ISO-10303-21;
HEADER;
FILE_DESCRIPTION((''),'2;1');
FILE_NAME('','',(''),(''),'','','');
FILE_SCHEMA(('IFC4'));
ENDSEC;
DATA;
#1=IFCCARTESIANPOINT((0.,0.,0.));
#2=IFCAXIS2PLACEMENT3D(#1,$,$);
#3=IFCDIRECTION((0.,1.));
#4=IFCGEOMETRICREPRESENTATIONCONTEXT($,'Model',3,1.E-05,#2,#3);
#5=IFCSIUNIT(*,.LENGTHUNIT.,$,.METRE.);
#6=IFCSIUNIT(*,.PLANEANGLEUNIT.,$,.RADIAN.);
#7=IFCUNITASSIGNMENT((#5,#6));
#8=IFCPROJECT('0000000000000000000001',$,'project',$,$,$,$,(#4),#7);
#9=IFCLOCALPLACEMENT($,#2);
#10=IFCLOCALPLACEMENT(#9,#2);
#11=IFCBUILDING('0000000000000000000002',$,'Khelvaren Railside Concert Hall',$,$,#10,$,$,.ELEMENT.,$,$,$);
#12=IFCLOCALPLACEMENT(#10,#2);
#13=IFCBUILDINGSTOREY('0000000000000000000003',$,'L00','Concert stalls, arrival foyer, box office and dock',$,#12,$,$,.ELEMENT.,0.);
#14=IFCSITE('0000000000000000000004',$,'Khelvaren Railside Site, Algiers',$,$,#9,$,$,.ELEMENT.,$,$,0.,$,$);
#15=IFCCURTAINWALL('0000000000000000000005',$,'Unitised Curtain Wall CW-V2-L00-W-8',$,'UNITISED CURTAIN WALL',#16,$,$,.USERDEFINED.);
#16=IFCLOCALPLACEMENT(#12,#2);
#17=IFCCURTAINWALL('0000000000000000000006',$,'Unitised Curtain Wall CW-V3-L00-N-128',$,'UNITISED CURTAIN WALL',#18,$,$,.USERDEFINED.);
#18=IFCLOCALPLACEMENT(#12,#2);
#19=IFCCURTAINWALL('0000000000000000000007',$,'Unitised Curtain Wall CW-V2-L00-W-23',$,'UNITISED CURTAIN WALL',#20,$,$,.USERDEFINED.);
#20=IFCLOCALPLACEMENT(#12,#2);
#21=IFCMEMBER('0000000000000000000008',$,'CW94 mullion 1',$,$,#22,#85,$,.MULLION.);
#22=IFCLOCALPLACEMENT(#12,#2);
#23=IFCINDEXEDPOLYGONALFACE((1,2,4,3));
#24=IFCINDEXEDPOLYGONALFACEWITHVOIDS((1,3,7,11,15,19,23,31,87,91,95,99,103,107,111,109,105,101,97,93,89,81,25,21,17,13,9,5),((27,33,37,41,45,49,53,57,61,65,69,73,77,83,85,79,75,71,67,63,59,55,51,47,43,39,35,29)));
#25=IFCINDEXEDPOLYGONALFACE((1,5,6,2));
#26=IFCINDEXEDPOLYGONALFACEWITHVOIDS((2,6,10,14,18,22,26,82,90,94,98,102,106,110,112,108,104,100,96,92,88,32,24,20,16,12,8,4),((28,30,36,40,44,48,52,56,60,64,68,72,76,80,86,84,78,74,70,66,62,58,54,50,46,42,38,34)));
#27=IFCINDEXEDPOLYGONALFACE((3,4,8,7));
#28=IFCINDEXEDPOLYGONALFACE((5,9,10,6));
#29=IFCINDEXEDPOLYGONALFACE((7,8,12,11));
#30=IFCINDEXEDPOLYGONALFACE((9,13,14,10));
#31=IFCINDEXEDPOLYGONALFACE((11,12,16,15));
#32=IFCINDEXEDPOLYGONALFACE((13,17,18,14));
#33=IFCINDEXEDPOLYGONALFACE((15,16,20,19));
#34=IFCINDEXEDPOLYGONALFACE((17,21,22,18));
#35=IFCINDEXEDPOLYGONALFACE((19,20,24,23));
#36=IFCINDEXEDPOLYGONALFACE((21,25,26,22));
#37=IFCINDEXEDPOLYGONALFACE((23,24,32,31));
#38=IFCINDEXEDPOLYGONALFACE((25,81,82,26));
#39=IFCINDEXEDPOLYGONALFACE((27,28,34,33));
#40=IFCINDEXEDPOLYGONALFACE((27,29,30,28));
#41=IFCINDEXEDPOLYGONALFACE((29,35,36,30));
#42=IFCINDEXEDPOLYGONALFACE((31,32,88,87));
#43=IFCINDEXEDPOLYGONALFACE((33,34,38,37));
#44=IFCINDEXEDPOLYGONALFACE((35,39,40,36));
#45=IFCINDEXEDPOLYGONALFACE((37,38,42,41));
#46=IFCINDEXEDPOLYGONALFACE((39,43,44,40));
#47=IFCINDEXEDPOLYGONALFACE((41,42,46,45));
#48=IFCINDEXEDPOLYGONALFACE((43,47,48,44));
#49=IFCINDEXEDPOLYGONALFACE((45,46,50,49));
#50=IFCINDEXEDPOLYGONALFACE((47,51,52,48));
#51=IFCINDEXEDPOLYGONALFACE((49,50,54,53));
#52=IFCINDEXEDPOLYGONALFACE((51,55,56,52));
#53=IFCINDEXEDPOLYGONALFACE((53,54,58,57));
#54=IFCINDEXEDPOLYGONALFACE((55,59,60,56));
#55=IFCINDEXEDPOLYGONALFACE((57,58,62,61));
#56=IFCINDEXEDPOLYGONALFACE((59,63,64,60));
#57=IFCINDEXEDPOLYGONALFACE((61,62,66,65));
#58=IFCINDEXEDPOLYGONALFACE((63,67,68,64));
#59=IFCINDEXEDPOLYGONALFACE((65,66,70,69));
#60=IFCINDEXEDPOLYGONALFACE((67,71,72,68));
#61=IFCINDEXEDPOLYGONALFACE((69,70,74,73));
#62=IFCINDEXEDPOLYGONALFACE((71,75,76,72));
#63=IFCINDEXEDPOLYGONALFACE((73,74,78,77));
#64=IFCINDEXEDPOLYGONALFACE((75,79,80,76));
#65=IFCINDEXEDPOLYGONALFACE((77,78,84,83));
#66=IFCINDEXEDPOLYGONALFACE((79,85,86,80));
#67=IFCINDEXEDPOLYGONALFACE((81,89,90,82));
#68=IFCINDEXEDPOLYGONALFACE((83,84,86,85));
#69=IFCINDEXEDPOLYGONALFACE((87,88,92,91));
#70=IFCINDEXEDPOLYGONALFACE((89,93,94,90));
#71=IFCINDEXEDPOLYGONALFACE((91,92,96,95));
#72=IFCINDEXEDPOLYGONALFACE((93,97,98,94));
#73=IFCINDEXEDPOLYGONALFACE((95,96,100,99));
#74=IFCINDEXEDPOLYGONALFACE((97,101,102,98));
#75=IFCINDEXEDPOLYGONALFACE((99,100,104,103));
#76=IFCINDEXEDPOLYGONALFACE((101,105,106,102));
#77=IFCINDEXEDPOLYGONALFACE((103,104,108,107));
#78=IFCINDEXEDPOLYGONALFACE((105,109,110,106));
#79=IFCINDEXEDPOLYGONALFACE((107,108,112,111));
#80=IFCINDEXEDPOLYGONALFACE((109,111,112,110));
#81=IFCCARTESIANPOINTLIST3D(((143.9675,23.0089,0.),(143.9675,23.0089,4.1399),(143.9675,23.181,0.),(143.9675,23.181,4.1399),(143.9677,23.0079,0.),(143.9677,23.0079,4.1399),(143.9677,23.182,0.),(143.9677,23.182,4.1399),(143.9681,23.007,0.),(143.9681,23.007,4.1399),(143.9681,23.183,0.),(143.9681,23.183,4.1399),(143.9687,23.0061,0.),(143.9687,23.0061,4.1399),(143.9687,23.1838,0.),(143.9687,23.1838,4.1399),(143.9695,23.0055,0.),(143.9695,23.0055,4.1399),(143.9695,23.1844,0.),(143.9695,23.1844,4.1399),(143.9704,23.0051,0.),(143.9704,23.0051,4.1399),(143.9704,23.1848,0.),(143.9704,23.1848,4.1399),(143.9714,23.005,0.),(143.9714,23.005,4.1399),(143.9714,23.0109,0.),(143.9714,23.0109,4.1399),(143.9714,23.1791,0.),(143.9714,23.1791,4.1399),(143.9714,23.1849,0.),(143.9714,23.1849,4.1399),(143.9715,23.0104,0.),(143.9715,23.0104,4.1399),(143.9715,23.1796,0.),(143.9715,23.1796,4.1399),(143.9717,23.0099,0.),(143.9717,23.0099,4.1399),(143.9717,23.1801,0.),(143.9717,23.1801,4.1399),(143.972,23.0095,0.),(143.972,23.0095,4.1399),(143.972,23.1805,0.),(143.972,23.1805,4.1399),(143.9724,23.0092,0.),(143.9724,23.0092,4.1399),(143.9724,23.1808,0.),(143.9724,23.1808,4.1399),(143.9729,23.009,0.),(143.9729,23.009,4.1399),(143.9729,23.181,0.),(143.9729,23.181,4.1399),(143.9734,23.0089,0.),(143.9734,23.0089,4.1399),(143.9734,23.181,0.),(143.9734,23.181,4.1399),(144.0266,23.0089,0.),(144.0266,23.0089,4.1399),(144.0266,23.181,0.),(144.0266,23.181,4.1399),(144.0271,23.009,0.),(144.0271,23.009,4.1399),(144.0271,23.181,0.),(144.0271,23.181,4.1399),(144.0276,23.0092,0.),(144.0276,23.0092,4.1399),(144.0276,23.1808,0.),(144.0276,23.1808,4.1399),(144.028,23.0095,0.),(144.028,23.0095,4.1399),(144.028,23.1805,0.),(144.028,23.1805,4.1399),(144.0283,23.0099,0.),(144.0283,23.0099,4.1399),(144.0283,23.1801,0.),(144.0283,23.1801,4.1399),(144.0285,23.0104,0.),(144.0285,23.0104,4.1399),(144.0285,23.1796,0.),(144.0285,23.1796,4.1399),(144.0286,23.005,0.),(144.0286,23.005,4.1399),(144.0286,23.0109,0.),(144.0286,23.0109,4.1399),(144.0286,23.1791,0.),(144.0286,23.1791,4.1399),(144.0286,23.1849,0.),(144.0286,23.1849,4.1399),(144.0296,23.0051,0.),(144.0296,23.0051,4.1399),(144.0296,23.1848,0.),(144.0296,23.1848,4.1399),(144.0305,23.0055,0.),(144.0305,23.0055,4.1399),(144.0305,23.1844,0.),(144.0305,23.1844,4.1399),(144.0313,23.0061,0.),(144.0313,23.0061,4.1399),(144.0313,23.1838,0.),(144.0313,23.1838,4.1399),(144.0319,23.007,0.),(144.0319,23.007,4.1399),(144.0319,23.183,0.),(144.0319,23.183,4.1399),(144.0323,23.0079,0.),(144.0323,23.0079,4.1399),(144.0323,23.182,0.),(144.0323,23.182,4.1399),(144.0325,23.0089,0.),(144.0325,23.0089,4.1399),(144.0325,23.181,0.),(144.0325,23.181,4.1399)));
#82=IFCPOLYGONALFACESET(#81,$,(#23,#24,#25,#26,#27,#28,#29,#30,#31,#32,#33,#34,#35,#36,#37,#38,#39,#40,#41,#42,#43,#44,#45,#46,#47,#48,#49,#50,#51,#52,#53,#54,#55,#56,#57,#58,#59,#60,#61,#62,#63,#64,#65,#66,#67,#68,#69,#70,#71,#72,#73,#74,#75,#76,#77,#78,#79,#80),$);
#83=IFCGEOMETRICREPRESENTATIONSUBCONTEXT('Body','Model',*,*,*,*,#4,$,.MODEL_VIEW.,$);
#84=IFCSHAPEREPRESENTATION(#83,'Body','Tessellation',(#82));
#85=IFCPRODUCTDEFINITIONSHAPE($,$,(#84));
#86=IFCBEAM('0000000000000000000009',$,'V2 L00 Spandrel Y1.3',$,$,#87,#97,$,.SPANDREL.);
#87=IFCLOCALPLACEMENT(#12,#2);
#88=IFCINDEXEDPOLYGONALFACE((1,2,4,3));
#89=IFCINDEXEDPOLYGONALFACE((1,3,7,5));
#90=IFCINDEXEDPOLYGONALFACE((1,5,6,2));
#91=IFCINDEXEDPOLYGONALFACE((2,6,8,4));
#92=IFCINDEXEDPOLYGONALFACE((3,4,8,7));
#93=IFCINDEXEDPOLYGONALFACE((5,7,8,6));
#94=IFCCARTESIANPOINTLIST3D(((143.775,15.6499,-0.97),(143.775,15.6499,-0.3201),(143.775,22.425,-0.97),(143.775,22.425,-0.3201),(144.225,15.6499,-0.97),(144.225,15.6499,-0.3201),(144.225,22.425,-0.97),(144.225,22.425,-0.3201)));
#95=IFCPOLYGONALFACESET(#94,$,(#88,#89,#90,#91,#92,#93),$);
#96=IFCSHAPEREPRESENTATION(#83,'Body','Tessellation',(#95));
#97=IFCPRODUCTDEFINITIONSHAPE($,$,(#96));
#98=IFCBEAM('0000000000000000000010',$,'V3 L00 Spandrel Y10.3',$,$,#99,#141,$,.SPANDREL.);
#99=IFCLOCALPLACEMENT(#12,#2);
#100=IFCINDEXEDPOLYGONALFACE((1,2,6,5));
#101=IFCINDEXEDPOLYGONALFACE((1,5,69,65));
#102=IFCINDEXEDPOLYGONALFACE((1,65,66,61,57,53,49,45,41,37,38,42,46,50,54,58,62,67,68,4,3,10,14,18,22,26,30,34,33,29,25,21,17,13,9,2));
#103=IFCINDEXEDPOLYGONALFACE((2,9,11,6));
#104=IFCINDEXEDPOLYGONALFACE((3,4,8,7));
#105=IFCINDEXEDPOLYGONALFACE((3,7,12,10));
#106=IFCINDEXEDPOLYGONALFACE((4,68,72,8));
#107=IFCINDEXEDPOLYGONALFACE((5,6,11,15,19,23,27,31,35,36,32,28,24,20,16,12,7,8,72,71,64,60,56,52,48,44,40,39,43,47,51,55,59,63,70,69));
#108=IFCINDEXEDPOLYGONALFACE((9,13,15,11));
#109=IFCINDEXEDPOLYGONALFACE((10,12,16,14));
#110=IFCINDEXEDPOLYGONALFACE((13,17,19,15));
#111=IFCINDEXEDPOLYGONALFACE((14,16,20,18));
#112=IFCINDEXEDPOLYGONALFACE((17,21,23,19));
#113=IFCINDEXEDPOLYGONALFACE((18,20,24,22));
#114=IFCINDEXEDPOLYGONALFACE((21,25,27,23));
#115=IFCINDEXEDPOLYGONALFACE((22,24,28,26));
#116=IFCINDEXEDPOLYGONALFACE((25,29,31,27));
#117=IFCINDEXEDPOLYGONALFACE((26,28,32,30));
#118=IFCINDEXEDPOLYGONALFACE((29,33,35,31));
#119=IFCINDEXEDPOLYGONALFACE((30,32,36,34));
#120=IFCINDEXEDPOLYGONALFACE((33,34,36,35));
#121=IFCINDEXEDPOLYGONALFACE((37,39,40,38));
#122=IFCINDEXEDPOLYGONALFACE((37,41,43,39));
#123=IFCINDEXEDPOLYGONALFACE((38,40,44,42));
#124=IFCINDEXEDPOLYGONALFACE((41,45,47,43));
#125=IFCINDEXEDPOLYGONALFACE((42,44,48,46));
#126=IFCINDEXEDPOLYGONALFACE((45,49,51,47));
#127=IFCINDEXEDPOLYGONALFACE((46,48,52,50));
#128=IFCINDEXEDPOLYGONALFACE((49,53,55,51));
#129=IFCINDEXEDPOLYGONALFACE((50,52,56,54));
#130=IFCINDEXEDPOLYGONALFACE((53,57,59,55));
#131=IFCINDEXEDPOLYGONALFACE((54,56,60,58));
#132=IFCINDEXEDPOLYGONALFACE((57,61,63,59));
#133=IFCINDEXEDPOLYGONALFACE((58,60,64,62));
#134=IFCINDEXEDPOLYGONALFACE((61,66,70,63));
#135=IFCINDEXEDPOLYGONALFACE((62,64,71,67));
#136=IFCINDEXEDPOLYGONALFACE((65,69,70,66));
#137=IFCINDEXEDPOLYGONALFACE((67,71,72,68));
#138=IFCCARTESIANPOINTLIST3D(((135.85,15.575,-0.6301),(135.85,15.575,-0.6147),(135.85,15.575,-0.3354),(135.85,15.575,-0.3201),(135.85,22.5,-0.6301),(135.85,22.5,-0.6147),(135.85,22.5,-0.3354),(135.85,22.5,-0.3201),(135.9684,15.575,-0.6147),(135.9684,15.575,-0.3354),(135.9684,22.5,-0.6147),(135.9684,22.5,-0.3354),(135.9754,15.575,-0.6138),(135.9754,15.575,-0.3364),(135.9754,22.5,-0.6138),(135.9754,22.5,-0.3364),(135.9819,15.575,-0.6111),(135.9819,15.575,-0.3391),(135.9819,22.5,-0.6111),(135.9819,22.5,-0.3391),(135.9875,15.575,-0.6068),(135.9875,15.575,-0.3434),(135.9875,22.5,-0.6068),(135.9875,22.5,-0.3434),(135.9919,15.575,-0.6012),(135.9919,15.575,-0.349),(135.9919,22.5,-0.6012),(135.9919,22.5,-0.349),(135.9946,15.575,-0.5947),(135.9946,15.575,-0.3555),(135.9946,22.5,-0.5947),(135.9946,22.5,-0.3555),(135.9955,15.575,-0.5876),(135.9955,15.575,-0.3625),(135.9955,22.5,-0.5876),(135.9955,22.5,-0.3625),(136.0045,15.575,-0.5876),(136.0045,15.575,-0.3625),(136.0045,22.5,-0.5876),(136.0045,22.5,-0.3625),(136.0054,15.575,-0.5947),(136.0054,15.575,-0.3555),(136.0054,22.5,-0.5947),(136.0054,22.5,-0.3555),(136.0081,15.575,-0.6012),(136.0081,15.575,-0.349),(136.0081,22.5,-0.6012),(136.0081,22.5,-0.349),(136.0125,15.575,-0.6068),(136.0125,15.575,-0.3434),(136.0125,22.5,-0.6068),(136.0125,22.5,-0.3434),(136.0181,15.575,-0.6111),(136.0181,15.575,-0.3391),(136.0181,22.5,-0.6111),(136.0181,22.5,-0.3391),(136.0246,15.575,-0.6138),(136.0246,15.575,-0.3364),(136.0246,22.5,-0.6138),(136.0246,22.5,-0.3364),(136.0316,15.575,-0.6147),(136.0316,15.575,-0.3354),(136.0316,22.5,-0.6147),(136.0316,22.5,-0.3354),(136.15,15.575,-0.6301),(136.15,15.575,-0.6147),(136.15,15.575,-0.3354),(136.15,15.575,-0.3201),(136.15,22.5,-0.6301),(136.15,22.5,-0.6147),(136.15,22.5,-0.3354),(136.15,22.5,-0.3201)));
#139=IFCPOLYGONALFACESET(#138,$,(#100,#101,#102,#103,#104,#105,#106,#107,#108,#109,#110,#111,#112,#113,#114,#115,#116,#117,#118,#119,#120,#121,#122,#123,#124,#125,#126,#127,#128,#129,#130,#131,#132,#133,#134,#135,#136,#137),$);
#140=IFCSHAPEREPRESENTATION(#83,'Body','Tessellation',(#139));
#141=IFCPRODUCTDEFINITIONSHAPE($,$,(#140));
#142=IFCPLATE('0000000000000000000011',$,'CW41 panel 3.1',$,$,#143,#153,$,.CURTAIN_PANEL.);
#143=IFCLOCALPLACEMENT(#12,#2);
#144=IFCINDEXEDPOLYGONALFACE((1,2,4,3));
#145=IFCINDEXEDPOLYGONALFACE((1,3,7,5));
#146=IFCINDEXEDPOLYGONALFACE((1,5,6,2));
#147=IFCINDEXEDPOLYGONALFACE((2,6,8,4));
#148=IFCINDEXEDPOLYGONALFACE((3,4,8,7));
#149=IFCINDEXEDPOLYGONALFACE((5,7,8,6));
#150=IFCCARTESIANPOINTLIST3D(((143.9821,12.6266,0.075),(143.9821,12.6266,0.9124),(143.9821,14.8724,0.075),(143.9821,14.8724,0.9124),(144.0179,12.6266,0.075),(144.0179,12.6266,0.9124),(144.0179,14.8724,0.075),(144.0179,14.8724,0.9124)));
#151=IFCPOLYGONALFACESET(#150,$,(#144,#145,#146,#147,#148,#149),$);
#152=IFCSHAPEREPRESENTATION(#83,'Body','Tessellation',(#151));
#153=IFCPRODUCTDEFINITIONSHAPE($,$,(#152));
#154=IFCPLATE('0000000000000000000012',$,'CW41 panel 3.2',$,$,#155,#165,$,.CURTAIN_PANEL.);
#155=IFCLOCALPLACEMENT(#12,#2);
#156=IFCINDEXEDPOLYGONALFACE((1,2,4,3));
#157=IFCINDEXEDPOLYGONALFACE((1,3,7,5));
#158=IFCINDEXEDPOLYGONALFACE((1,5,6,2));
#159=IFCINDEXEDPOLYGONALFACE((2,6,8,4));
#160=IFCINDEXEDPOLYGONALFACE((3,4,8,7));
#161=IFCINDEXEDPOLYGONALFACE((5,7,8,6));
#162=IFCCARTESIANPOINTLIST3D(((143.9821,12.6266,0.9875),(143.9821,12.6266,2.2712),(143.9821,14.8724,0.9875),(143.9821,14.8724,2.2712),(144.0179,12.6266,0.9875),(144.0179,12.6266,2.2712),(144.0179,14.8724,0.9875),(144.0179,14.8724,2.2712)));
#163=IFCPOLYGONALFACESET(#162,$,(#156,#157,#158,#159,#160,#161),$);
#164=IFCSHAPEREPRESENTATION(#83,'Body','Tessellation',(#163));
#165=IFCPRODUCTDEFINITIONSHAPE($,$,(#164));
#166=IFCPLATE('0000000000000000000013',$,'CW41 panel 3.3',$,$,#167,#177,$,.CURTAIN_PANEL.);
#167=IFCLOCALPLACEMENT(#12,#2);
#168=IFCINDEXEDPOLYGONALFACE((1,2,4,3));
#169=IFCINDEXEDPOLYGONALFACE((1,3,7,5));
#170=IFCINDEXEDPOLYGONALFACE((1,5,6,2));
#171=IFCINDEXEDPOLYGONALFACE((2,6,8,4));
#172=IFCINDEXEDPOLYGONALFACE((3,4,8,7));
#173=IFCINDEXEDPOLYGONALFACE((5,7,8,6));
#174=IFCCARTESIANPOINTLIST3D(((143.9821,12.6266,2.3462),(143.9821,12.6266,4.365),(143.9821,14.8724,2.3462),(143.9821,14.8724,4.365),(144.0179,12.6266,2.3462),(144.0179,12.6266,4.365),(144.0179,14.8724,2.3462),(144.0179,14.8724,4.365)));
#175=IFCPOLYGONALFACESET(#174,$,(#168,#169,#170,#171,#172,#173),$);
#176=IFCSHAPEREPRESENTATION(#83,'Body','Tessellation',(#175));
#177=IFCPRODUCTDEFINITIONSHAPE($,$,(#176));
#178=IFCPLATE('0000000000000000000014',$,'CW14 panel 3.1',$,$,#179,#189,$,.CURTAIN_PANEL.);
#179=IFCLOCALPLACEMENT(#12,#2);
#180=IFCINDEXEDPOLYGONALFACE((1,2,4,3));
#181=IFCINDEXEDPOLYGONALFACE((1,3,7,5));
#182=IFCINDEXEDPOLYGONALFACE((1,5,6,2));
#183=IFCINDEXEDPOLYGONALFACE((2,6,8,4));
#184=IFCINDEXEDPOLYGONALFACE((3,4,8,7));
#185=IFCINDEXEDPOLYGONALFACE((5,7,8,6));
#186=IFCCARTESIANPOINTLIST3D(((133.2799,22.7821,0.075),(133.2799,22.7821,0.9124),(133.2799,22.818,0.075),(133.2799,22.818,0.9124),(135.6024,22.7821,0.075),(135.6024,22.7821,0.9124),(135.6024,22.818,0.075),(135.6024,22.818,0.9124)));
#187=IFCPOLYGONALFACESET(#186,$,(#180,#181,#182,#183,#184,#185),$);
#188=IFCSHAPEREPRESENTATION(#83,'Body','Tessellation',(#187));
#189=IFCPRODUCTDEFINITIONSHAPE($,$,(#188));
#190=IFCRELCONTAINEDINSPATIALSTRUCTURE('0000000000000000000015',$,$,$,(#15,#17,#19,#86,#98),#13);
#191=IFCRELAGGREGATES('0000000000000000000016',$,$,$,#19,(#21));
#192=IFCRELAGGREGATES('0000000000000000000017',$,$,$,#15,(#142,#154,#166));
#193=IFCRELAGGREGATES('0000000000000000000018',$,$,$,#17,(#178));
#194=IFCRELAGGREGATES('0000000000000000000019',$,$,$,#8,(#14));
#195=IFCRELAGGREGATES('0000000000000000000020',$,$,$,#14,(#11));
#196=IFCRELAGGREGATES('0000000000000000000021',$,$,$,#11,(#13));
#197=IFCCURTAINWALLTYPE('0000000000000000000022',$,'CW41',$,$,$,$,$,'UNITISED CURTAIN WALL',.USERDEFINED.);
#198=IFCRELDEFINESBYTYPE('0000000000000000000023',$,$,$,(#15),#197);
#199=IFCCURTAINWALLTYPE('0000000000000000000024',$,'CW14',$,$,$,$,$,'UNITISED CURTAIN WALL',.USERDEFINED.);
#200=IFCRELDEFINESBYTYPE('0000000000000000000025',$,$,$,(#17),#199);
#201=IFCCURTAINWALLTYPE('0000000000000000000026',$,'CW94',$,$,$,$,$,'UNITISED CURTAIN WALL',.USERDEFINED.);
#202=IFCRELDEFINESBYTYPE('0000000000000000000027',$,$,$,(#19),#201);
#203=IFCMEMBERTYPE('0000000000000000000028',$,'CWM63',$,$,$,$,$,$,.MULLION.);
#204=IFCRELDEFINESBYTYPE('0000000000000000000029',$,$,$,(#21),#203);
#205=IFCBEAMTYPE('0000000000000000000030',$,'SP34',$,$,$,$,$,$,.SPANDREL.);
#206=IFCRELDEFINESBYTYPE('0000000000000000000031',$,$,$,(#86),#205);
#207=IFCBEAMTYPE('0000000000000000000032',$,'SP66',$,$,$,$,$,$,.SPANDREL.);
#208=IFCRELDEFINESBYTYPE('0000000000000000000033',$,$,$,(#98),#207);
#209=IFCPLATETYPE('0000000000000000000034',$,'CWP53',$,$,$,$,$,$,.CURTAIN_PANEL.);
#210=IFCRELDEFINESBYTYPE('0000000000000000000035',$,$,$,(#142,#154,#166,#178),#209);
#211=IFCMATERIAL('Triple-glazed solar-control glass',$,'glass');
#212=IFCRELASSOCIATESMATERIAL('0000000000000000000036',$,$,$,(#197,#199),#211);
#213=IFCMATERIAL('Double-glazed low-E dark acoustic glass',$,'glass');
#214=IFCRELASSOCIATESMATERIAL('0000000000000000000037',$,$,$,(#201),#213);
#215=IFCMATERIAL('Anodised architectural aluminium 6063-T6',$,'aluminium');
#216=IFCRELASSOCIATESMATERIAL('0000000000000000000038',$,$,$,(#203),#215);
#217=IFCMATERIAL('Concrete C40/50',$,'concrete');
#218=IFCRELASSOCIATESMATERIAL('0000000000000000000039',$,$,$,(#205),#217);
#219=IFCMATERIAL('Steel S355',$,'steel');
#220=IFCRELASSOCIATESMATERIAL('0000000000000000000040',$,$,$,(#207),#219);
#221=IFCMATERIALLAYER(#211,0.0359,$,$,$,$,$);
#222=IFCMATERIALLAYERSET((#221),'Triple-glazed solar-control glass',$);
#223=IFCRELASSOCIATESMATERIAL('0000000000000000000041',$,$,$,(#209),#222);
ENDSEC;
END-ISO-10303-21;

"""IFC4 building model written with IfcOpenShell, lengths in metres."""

from ifc_helpers import new_model, si_unit, direction, frame, origin, origin_2d, place, context, subcontext, project, spatial, rectangle, hollow_rectangle, i_section, extrude, material, layer, layer_set, material_profile, profile_set, type_object, element, aggregate, save


model = new_model("IFC4")

# Units and contexts
model_context = context("Model", 3, precision=1e-05, world=origin(), true_north=direction((0.0, 1.0)))
body_context = subcontext(model_context, "Body", "Model", "MODEL_VIEW")
ifc_project = project(units=[si_unit("LENGTHUNIT", "METRE"), si_unit("PLANEANGLEUNIT", "RADIAN")], contexts=[model_context])

# Site, building, storey
site_placement = place(None, origin())
site = spatial("IfcSite", under=ifc_project, at=site_placement, Name="Khelvaren Railside Site, Algiers", CompositionType="ELEMENT", RefElevation=0.0)
building_placement = place(site_placement, origin())
building = spatial("IfcBuilding", under=site, at=building_placement, Name="Khelvaren Railside Concert Hall", CompositionType="ELEMENT")
storey_placement = place(building_placement, origin())
storey = spatial("IfcBuildingStorey", under=building, at=storey_placement, Name="L00", Description="Concert stalls, arrival foyer, box office and dock", CompositionType="ELEMENT", Elevation=0.0)

# Shared definitions
ifc_material_1 = material(Name="Steel S355", Category="steel")

# Curtain walls, member
ifc_material_2 = material(Name="Triple-glazed solar-control glass", Category="glass")
curtain_wall_type_1 = type_object("IfcCurtainWallType", Name="CW41", ElementType="UNITISED CURTAIN WALL", PredefinedType="USERDEFINED", material=ifc_material_2)
curtain_wall_1_placement = place(storey_placement, origin())
curtain_wall_1 = element("IfcCurtainWall", 1, at=curtain_wall_1_placement, inside=storey, type_object=curtain_wall_type_1, Name="Unitised Curtain Wall CW-V2-L00-W-8", ObjectType="UNITISED CURTAIN WALL", PredefinedType="USERDEFINED")
ifc_material_3 = material(Name="Anodised architectural aluminium 6063-T6", Category="aluminium")
curtain_wall_type_2 = type_object("IfcCurtainWallType", Name="CW14", ElementType="UNITISED CURTAIN WALL", PredefinedType="USERDEFINED", material=ifc_material_2)
curtain_wall_2_placement = place(storey_placement, origin())
curtain_wall_2 = element("IfcCurtainWall", 2, at=curtain_wall_2_placement, inside=storey, type_object=curtain_wall_type_2, Name="Unitised Curtain Wall CW-V3-L00-N-128", ObjectType="UNITISED CURTAIN WALL", PredefinedType="USERDEFINED")
ifc_material_4 = material(Name="Double-glazed low-E dark acoustic glass", Category="glass")
curtain_wall_type_3 = type_object("IfcCurtainWallType", Name="CW94", ElementType="UNITISED CURTAIN WALL", PredefinedType="USERDEFINED", material=ifc_material_4)
curtain_wall_3_placement = place(storey_placement, origin())
curtain_wall_3 = element("IfcCurtainWall", 3, at=curtain_wall_3_placement, inside=storey, type_object=curtain_wall_type_3, Name="Unitised Curtain Wall CW-V2-L00-W-23", ObjectType="UNITISED CURTAIN WALL", PredefinedType="USERDEFINED")
ifc_material_profile_1 = material_profile(ifc_material_3, hollow_rectangle(XDim=0.0649, YDim=0.1799, WallThickness=0.0039, InnerFilletRadius=0.002, OuterFilletRadius=0.0039, at=origin_2d()), Name="CWM 65x180x4")
ifc_profile_set_1 = profile_set([ifc_material_profile_1], Name="Anodised architectural aluminium 6063-T6")
member_type_1 = type_object("IfcMemberType", Name="CWM63", PredefinedType="MULLION", material=ifc_profile_set_1)
member_1_placement = place(storey_placement, frame((144.0, 23.095, 0.0), z_axis=(0.0, 0.0, 1.0), x_axis=(-1.0, 0.0, 0.0)))
member_1 = element("IfcMember", 4, at=member_1_placement, type_object=member_type_1, Name="CW94 mullion 1", PredefinedType="MULLION", context=body_context, shape_type="SweptSolid", body=[
    extrude(hollow_rectangle(XDim=0.0649, YDim=0.1799, WallThickness=0.0039, InnerFilletRadius=0.002, OuterFilletRadius=0.0039, at=origin_2d()), origin(), (0.0, 0.0, 1.0), 4.1399),
])
aggregate(curtain_wall_3, [member_1])

# Beams
ifc_material_5 = material(Name="Concrete C40/50", Category="concrete")
ifc_material_profile_2 = material_profile(ifc_material_5, rectangle(XDim=0.45, YDim=0.6499, at=origin_2d()), Name="RCB 450x650")
ifc_profile_set_2 = profile_set([ifc_material_profile_2], Name="Concrete C40/50")
beam_type_1 = type_object("IfcBeamType", Name="SP34", PredefinedType="SPANDREL", material=ifc_profile_set_2)
beam_1_placement = place(storey_placement, frame((144.0, 15.6499, -0.645), z_axis=(0.0, 1.0, 0.0), x_axis=(-1.0, 0.0, 0.0)))
element("IfcBeam", 5, at=beam_1_placement, inside=storey, type_object=beam_type_1, Name="V2 L00 Spandrel Y1.3", PredefinedType="SPANDREL", context=body_context, shape_type="SweptSolid", body=[
    extrude(rectangle(XDim=0.45, YDim=0.6499, at=origin_2d()), origin(), (0.0, 0.0, 1.0), 6.7751),
])
ifc_material_profile_3 = material_profile(ifc_material_1, i_section(OverallWidth=0.3, OverallDepth=0.3101, WebThickness=0.009, FlangeThickness=0.0154, FilletRadius=0.0271, at=origin_2d()), Name="HEA 320")
ifc_profile_set_3 = profile_set([ifc_material_profile_3], Name="Steel S355")
beam_type_2 = type_object("IfcBeamType", Name="SP66", PredefinedType="SPANDREL", material=ifc_profile_set_3)
beam_2_placement = place(storey_placement, frame((136.0, 15.575, -0.4751), z_axis=(0.0, 1.0, 0.0), x_axis=(-1.0, 0.0, 0.0)))
element("IfcBeam", 6, at=beam_2_placement, inside=storey, type_object=beam_type_2, Name="V3 L00 Spandrel Y10.3", PredefinedType="SPANDREL", context=body_context, shape_type="SweptSolid", body=[
    extrude(i_section(OverallWidth=0.3, OverallDepth=0.3101, WebThickness=0.009, FlangeThickness=0.0154, FilletRadius=0.0271, at=origin_2d()), origin(), (0.0, 0.0, 1.0), 6.925),
])

# Plates
ifc_layer_1 = layer(ifc_material_2, 0.0359)
ifc_layer_set_1 = layer_set([ifc_layer_1], Name="Triple-glazed solar-control glass")
plate_type = type_object("IfcPlateType", Name="CWP53", PredefinedType="CURTAIN_PANEL", material=ifc_layer_set_1)
plate_1_placement = place(storey_placement, frame((144.0, 13.7495, 0.075), z_axis=(0.0, 0.0, 1.0), x_axis=(0.0, 1.0, 0.0)))
plate_1 = element("IfcPlate", 7, at=plate_1_placement, type_object=plate_type, Name="CW41 panel 3.1", PredefinedType="CURTAIN_PANEL", context=body_context, shape_type="SweptSolid", body=[
    extrude(rectangle(XDim=2.2458, YDim=0.0359, at=origin_2d()), origin(), (0.0, 0.0, 1.0), 0.8374),
])
plate_2_placement = place(storey_placement, frame((144.0, 13.7495, 0.9875), z_axis=(0.0, 0.0, 1.0), x_axis=(0.0, 1.0, 0.0)))
plate_2 = element("IfcPlate", 8, at=plate_2_placement, type_object=plate_type, Name="CW41 panel 3.2", PredefinedType="CURTAIN_PANEL", context=body_context, shape_type="SweptSolid", body=[
    extrude(rectangle(XDim=2.2458, YDim=0.0359, at=origin_2d()), origin(), (0.0, 0.0, 1.0), 1.2837),
])
plate_3_placement = place(storey_placement, frame((144.0, 13.7495, 2.3462), z_axis=(0.0, 0.0, 1.0), x_axis=(0.0, 1.0, 0.0)))
plate_3 = element("IfcPlate", 9, at=plate_3_placement, type_object=plate_type, Name="CW41 panel 3.3", PredefinedType="CURTAIN_PANEL", context=body_context, shape_type="SweptSolid", body=[
    extrude(rectangle(XDim=2.2458, YDim=0.0359, at=origin_2d()), origin(), (0.0, 0.0, 1.0), 2.0188),
])
aggregate(curtain_wall_1, [plate_1, plate_2, plate_3])
plate_4_placement = place(storey_placement, frame((134.4412, 22.8, 0.075), z_axis=(0.0, 0.0, 1.0), x_axis=(1.0, 0.0, 0.0)))
plate_4 = element("IfcPlate", 10, at=plate_4_placement, type_object=plate_type, Name="CW14 panel 3.1", PredefinedType="CURTAIN_PANEL", context=body_context, shape_type="SweptSolid", body=[
    extrude(rectangle(XDim=2.3225, YDim=0.0359, at=origin_2d()), origin(), (0.0, 0.0, 1.0), 0.8374),
])
aggregate(curtain_wall_2, [plate_4])

save(model, "model.ifc")
